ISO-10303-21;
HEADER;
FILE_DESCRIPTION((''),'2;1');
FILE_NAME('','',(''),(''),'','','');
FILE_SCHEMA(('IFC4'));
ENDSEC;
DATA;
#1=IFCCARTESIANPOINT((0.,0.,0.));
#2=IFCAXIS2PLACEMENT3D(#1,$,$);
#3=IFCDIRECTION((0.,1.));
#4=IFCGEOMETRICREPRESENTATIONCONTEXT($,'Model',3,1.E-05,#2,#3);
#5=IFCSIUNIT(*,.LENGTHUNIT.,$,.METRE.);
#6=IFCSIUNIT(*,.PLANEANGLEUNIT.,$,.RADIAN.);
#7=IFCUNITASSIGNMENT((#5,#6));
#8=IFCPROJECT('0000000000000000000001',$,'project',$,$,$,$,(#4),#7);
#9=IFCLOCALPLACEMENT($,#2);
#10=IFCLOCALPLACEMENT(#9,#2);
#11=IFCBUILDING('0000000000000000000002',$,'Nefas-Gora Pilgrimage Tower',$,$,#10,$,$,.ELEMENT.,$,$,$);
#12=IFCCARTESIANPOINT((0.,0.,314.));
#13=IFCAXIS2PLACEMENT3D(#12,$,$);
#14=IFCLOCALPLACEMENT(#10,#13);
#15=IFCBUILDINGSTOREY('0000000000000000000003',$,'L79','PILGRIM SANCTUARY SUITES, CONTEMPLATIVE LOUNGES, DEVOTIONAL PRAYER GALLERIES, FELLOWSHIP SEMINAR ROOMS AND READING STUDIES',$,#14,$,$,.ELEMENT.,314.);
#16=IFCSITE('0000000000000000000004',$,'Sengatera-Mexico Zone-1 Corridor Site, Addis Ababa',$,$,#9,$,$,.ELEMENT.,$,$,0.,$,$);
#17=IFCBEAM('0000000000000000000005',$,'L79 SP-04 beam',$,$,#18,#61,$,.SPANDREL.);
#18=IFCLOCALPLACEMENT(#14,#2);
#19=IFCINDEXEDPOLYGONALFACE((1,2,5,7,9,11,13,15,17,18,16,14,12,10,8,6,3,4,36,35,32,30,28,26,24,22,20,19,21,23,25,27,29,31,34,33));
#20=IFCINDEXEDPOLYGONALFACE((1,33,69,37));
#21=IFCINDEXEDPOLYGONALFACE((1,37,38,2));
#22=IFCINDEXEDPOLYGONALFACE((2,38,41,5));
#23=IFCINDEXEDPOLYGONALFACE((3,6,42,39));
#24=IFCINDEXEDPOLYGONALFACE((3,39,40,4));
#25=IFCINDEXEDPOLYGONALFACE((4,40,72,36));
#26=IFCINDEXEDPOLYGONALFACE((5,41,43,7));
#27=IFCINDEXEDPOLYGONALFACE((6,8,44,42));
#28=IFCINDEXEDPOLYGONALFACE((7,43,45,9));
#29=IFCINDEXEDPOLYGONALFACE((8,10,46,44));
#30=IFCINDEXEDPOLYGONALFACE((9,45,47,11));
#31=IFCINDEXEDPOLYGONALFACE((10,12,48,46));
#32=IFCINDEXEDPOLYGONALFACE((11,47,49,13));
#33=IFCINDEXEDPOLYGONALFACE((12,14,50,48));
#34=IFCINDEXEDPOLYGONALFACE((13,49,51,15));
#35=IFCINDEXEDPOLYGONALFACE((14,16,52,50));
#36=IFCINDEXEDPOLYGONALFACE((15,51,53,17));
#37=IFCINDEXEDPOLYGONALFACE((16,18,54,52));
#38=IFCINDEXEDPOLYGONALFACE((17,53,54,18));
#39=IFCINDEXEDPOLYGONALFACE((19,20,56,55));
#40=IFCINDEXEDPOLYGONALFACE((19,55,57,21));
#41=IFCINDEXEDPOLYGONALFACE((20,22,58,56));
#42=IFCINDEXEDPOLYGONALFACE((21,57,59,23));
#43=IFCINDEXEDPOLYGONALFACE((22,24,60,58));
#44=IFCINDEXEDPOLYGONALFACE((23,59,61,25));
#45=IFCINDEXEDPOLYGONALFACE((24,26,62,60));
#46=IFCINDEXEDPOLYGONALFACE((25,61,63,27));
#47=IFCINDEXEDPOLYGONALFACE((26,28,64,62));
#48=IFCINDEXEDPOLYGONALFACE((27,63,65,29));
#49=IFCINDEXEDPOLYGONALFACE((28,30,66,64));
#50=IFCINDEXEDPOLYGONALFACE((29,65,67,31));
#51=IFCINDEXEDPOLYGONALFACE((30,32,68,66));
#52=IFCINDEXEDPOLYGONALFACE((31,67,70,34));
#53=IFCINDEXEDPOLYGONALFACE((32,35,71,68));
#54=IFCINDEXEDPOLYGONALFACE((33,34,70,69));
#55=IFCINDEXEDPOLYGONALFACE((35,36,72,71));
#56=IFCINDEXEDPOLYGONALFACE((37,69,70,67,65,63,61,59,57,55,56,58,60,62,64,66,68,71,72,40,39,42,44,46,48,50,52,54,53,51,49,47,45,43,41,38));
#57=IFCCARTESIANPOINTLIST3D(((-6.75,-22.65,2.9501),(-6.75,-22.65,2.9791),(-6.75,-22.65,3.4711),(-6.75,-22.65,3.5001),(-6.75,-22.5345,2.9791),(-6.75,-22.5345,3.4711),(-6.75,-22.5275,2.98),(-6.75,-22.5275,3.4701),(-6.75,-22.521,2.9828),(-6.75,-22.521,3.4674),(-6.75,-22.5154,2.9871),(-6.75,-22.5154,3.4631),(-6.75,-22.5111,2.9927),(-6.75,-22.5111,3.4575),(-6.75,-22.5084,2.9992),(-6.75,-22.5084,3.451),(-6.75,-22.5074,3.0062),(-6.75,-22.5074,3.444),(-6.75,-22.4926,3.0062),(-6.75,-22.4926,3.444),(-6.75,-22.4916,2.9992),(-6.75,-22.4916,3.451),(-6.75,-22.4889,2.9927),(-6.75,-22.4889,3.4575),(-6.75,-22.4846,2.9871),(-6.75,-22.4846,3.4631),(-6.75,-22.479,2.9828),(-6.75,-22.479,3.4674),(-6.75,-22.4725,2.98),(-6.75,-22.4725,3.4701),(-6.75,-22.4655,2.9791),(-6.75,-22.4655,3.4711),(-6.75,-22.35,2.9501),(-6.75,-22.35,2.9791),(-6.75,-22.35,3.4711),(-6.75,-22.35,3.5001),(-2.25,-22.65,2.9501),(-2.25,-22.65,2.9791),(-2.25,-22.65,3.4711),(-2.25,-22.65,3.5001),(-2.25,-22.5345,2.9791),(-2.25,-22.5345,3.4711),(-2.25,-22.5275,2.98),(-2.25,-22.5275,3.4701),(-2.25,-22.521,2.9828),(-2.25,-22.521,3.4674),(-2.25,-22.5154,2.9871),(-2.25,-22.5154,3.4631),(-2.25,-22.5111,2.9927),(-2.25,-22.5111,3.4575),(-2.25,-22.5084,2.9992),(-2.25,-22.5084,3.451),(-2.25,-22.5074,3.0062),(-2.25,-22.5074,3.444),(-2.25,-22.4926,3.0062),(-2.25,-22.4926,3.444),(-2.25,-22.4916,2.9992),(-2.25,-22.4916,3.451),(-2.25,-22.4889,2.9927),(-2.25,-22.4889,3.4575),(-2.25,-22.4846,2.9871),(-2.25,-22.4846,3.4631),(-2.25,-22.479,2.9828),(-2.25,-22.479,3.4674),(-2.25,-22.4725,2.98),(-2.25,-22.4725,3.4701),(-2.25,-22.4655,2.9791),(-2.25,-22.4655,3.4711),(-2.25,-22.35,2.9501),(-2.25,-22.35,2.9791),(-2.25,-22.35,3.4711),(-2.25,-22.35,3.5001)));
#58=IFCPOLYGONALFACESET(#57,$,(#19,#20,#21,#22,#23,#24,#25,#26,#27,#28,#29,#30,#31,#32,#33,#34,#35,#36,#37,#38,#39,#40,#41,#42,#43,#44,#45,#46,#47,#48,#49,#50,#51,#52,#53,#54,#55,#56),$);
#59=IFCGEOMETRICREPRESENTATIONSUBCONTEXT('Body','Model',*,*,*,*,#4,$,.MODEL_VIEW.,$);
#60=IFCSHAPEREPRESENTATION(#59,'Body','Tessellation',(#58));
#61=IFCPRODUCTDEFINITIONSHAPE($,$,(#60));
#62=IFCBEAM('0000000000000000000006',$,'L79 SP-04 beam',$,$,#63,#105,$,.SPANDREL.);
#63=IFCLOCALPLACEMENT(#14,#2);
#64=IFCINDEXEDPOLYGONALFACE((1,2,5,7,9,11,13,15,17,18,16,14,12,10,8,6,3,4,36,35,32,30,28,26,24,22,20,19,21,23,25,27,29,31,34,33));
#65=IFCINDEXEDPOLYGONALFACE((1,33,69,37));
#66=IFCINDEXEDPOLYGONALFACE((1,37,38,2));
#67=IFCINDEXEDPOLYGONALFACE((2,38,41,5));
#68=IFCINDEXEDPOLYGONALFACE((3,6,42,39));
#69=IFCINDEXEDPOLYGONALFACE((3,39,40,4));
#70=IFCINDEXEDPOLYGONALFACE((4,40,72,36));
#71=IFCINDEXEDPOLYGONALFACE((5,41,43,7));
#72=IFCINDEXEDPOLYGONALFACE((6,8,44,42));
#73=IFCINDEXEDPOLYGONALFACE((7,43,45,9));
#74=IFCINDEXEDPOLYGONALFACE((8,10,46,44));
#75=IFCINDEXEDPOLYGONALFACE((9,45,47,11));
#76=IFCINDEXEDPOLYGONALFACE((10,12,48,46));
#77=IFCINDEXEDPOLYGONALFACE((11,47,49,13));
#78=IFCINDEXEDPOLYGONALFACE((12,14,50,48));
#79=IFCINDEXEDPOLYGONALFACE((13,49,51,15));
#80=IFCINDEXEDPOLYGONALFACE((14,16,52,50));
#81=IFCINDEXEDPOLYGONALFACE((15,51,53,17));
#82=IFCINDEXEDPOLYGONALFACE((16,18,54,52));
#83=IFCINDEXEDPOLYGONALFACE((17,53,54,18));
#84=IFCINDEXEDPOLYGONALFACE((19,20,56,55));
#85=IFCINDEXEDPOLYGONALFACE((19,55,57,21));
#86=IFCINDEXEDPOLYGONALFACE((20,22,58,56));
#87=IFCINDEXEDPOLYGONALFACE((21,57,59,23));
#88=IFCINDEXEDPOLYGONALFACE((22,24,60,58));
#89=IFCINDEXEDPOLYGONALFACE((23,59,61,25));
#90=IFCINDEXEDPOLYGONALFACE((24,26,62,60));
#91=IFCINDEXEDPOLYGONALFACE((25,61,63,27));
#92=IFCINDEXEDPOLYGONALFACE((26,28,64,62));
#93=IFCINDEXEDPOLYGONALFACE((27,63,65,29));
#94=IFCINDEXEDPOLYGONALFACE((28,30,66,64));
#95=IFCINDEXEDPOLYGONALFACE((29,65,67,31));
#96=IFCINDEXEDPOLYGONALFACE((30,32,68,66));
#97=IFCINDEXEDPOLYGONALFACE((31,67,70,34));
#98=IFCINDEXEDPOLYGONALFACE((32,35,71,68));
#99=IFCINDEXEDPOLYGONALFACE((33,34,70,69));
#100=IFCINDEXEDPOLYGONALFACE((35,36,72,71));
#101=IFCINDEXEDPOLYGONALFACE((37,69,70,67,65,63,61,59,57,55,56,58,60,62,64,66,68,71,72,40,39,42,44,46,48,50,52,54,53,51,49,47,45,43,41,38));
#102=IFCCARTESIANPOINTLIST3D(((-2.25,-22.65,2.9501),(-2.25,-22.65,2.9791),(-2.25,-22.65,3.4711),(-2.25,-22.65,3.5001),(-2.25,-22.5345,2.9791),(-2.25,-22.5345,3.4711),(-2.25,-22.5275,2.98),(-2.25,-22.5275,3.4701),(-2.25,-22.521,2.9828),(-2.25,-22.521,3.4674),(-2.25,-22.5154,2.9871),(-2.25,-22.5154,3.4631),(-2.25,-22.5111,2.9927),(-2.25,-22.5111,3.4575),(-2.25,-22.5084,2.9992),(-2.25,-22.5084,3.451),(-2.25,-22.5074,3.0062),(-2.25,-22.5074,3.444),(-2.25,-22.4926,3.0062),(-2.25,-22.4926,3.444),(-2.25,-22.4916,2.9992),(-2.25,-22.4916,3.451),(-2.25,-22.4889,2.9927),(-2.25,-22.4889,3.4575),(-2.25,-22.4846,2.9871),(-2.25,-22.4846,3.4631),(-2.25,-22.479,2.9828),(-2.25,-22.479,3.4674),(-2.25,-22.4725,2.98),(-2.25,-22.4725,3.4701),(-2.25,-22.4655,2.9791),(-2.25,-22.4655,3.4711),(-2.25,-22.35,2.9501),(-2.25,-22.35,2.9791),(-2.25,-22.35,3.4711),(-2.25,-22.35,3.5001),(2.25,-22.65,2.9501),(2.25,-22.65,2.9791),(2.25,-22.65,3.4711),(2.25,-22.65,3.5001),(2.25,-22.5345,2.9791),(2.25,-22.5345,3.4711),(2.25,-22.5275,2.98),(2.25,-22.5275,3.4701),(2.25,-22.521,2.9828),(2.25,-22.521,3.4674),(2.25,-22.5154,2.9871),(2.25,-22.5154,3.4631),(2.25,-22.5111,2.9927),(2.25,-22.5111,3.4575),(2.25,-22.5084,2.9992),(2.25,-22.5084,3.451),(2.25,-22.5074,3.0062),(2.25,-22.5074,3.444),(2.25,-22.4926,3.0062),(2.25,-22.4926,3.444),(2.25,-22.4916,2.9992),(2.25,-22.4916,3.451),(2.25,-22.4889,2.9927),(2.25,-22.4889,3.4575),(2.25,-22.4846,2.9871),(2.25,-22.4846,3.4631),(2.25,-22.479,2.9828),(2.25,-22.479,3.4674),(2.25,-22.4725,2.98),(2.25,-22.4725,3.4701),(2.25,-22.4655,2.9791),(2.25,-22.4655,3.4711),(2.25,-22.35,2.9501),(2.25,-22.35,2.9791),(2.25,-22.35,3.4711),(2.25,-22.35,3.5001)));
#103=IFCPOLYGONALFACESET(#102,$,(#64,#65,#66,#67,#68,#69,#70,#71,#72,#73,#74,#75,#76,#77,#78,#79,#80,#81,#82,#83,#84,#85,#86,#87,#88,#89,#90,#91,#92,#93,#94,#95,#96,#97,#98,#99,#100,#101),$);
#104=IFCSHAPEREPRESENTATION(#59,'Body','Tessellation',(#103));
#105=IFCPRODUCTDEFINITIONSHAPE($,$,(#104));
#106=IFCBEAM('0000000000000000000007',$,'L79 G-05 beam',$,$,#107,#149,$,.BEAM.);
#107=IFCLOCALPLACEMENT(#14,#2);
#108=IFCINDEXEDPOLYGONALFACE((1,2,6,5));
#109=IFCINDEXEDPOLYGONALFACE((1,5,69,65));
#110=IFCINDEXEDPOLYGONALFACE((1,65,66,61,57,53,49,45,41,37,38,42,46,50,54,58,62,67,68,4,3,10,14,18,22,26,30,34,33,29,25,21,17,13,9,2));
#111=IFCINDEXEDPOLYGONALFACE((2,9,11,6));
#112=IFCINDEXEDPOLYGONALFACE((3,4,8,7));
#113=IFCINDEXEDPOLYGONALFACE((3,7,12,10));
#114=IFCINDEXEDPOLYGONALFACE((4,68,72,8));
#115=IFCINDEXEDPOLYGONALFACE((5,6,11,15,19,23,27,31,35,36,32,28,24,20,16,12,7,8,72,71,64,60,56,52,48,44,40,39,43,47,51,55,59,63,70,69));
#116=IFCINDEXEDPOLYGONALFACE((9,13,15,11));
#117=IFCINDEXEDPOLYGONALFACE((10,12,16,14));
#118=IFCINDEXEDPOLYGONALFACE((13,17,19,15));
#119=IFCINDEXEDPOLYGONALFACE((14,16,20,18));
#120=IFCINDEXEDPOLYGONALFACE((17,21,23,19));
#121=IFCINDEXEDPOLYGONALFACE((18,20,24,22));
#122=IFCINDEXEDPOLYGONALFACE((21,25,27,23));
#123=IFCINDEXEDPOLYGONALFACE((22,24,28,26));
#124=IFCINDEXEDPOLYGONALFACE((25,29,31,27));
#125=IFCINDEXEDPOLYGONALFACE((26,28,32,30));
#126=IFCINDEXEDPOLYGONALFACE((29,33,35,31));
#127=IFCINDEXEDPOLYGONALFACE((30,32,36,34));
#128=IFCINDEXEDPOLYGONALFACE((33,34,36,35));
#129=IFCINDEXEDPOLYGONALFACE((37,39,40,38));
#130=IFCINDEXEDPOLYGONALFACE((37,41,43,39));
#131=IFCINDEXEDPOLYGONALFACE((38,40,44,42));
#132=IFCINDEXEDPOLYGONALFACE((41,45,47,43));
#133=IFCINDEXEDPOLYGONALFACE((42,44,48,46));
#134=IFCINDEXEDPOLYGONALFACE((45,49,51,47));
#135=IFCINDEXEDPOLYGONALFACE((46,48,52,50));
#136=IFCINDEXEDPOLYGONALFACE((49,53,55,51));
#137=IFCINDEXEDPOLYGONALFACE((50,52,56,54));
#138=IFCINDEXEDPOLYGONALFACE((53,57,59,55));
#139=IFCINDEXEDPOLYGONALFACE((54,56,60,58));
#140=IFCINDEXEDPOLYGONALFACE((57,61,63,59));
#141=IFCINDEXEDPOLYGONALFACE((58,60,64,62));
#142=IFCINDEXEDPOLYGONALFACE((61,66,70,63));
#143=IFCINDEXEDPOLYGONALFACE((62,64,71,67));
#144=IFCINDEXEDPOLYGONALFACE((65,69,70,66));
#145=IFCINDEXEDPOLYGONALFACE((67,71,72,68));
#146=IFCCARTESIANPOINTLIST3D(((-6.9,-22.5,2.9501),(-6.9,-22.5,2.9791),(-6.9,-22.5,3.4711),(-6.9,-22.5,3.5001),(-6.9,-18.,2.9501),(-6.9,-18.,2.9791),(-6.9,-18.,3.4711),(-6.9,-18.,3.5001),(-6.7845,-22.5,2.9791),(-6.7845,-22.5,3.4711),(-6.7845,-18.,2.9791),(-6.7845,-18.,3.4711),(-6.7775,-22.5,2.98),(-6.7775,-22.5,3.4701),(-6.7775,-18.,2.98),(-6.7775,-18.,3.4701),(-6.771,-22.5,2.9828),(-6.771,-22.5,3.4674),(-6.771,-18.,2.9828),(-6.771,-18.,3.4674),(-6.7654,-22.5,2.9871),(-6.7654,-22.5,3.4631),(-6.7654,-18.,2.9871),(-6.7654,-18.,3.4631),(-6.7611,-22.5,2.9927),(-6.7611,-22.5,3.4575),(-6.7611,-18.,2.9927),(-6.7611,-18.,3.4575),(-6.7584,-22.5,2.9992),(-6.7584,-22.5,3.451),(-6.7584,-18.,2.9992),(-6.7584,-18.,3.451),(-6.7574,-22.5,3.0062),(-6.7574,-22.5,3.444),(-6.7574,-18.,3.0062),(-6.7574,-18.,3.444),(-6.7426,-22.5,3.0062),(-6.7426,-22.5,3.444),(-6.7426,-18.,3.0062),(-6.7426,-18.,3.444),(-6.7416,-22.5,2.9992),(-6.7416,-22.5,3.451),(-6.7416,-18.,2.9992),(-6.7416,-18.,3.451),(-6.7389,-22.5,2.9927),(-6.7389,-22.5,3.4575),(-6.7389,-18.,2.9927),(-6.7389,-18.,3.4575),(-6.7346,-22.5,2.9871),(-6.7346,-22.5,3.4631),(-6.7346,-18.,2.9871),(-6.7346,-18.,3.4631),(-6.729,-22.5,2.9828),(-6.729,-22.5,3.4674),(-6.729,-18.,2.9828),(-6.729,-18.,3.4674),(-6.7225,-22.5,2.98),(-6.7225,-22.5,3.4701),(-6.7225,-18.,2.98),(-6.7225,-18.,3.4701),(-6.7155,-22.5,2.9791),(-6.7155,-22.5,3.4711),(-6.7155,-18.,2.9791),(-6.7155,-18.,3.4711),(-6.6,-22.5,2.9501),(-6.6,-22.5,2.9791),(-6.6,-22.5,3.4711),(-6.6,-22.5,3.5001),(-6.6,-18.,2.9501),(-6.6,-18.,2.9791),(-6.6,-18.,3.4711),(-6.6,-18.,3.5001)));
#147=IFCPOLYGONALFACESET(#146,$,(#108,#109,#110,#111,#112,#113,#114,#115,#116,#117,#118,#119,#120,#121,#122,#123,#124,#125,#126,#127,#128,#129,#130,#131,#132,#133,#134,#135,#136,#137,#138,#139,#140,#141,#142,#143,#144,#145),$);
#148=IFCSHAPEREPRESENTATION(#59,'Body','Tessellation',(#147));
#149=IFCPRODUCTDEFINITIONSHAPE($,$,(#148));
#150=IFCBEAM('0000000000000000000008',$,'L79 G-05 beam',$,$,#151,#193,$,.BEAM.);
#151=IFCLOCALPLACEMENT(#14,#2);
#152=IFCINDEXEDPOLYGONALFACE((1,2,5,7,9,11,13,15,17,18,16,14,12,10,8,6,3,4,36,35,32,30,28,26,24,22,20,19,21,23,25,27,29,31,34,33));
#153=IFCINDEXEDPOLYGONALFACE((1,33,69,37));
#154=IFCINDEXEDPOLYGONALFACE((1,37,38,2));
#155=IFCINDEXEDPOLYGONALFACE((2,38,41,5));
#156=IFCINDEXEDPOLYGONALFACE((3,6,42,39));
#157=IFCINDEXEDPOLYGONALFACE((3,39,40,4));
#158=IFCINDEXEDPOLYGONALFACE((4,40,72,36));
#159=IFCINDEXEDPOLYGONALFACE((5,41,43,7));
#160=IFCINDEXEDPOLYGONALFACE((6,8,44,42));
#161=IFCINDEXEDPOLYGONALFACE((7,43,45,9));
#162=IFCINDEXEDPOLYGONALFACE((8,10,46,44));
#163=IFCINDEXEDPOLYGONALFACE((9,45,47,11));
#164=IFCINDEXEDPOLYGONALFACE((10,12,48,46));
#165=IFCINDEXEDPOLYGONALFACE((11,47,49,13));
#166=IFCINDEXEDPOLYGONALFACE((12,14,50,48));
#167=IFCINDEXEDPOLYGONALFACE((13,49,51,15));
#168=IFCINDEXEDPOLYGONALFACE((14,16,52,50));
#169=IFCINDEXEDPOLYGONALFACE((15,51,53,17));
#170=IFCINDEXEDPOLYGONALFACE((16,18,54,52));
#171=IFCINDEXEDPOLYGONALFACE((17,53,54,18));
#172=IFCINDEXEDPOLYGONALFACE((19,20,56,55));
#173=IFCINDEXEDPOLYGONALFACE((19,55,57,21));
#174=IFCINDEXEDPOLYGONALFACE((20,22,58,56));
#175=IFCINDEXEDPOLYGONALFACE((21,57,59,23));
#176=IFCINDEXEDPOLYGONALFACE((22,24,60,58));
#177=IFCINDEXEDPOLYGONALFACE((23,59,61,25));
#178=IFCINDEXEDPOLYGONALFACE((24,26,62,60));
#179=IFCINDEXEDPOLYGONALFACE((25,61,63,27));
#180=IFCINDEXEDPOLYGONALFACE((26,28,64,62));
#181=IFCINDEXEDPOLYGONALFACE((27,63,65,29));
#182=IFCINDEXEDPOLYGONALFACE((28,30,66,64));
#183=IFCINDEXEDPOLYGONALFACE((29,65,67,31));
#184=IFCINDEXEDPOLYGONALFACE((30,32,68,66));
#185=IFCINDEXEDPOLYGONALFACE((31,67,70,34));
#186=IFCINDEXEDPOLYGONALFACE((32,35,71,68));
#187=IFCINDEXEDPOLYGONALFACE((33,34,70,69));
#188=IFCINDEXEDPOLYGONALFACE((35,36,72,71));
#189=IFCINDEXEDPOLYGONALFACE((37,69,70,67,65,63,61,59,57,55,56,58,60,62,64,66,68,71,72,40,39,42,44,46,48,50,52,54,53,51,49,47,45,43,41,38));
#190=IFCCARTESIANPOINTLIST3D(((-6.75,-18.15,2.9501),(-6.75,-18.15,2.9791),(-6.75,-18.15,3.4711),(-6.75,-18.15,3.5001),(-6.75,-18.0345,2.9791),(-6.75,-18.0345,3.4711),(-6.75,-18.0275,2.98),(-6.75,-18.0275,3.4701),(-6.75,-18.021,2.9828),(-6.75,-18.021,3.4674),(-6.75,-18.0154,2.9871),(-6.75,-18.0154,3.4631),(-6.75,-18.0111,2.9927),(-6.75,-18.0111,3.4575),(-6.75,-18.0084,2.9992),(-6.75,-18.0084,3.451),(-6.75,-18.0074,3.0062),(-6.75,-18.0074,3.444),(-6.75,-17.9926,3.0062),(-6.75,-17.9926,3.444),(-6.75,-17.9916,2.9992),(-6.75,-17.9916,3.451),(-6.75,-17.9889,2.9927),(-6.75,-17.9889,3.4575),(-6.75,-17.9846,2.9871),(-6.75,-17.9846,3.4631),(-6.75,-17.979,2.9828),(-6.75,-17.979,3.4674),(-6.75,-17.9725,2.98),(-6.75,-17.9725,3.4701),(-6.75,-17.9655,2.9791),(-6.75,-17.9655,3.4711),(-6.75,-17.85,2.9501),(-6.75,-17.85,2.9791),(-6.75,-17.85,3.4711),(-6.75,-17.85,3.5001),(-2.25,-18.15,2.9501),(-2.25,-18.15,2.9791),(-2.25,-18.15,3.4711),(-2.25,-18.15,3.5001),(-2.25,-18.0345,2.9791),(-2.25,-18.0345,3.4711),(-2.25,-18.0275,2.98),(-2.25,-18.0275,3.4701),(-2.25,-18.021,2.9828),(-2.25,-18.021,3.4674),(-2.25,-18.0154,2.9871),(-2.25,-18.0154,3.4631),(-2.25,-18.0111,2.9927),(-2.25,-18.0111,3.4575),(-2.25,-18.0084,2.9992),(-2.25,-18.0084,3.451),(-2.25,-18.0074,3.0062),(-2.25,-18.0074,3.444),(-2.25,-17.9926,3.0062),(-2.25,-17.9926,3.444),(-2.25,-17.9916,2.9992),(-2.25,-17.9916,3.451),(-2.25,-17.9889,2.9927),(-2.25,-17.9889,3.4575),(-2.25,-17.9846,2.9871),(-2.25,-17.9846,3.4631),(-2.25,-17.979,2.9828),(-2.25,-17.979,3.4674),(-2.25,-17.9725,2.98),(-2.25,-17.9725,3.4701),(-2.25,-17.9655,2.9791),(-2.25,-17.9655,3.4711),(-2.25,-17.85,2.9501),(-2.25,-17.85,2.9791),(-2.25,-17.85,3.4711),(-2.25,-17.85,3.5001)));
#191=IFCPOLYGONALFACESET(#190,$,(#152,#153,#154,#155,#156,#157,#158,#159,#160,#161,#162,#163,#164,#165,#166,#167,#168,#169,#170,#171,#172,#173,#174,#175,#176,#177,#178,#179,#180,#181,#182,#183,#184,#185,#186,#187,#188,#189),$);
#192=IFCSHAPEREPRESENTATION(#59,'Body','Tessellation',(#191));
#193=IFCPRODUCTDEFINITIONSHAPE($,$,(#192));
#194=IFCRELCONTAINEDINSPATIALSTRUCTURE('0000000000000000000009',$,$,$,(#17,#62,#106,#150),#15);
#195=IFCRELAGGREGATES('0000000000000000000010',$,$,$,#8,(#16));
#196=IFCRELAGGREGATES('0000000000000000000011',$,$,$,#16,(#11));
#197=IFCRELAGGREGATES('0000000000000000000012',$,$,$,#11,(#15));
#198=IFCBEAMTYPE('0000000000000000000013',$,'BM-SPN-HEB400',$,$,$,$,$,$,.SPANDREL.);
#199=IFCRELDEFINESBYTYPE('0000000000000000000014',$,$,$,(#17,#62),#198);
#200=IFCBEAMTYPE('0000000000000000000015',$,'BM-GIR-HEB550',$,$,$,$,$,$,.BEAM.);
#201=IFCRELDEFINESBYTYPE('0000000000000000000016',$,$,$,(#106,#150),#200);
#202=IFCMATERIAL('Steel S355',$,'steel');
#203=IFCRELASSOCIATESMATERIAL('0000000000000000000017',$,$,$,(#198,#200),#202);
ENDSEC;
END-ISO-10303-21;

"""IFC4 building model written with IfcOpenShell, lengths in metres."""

from ifc_helpers import new_model, si_unit, direction, frame, origin, origin_2d, place, context, subcontext, project, spatial, i_section, extrude, source, transform, mapped, material, material_profile, profile_set, type_object, element, save


model = new_model("IFC4")

# Units and contexts
model_context = context("Model", 3, precision=1e-05, world=origin(), true_north=direction((0.0, 1.0)))
body_context = subcontext(model_context, "Body", "Model", "MODEL_VIEW")
ifc_project = project(units=[si_unit("LENGTHUNIT", "METRE"), si_unit("PLANEANGLEUNIT", "RADIAN")], contexts=[model_context])

# Site, building, storey
site_placement = place(None, origin())
site = spatial("IfcSite", under=ifc_project, at=site_placement, Name="Sengatera-Mexico Zone-1 Corridor Site, Addis Ababa", CompositionType="ELEMENT", RefElevation=0.0)
building_placement = place(site_placement, origin())
building = spatial("IfcBuilding", under=site, at=building_placement, Name="Nefas-Gora Pilgrimage Tower", CompositionType="ELEMENT")
storey_placement = place(building_placement, frame((0.0, 0.0, 314.0)))
storey = spatial("IfcBuildingStorey", under=building, at=storey_placement, Name="L79", Description="PILGRIM SANCTUARY SUITES, CONTEMPLATIVE LOUNGES, DEVOTIONAL PRAYER GALLERIES, FELLOWSHIP SEMINAR ROOMS AND READING STUDIES", CompositionType="ELEMENT", Elevation=314.0)

# Shared definitions
ifc_material_1 = material(Name="Steel S355", Category="steel")

# Beams
ifc_material_profile_1 = material_profile(ifc_material_1, i_section(OverallWidth=0.3, OverallDepth=0.55, WebThickness=0.0149, FlangeThickness=0.0291, FilletRadius=0.0271, at=origin_2d()), Name="HEB 550")
ifc_profile_set_1 = profile_set([ifc_material_profile_1], Name="Steel S355")
beam_type_1 = type_object("IfcBeamType", Name="BM-SPN-HEB400", PredefinedType="SPANDREL", material=ifc_profile_set_1)
shared_shape_1 = source(origin(), body_context, "Body", "SweptSolid", [
    extrude(i_section(OverallWidth=0.3, OverallDepth=0.55, WebThickness=0.0149, FlangeThickness=0.0291, FilletRadius=0.0271, at=origin_2d()), origin(), (0.0, 0.0, 1.0), 4.5),
])
for number, where, z_axis, x_axis, name in (
    (1, (-6.75, -22.5, 3.2251), (1.0, 0.0, 0.0), (0.0, 1.0, 0.0), "L79 SP-04 beam"),
    (2, (-2.25, -22.5, 3.2251), (1.0, 0.0, 0.0), (0.0, 1.0, 0.0), "L79 SP-04 beam"),
):
    element("IfcBeam", number, at=place(storey_placement, frame(where, z_axis=z_axis, x_axis=x_axis)), inside=storey, type_object=beam_type_1, Name=name, PredefinedType="SPANDREL", context=body_context, shape_type="MappedRepresentation", body=[
        mapped(shared_shape_1, transform((0.0, 0.0, 0.0), x_axis=(1.0, 0.0, 0.0), y_axis=(0.0, 1.0, 0.0), z_axis=(0.0, 0.0, 1.0), scale=1.0)),
    ])
ifc_material_profile_2 = material_profile(ifc_material_1, i_section(OverallWidth=0.3, OverallDepth=0.55, WebThickness=0.0149, FlangeThickness=0.0291, FilletRadius=0.0271, at=origin_2d()), Name="HEB 550")
ifc_profile_set_2 = profile_set([ifc_material_profile_2], Name="Steel S355")
beam_type_2 = type_object("IfcBeamType", Name="BM-GIR-HEB550", PredefinedType="BEAM", material=ifc_profile_set_2)
shared_shape_2 = source(origin(), body_context, "Body", "SweptSolid", [
    extrude(i_section(OverallWidth=0.3, OverallDepth=0.55, WebThickness=0.0149, FlangeThickness=0.0291, FilletRadius=0.0271, at=origin_2d()), origin(), (0.0, 0.0, 1.0), 4.5),
])
for number, where, z_axis, x_axis, name in (
    (3, (-6.75, -22.5, 3.2251), (0.0, 1.0, 0.0), (-1.0, 0.0, 0.0), "L79 G-05 beam"),
    (4, (-6.75, -18.0, 3.2251), (1.0, 0.0, 0.0), (0.0, 1.0, 0.0), "L79 G-05 beam"),
):
    element("IfcBeam", number, at=place(storey_placement, frame(where, z_axis=z_axis, x_axis=x_axis)), inside=storey, type_object=beam_type_2, Name=name, PredefinedType="BEAM", context=body_context, shape_type="MappedRepresentation", body=[
        mapped(shared_shape_2, transform((0.0, 0.0, 0.0), x_axis=(1.0, 0.0, 0.0), y_axis=(0.0, 1.0, 0.0), z_axis=(0.0, 0.0, 1.0), scale=1.0)),
    ])

save(model, "model.ifc")
